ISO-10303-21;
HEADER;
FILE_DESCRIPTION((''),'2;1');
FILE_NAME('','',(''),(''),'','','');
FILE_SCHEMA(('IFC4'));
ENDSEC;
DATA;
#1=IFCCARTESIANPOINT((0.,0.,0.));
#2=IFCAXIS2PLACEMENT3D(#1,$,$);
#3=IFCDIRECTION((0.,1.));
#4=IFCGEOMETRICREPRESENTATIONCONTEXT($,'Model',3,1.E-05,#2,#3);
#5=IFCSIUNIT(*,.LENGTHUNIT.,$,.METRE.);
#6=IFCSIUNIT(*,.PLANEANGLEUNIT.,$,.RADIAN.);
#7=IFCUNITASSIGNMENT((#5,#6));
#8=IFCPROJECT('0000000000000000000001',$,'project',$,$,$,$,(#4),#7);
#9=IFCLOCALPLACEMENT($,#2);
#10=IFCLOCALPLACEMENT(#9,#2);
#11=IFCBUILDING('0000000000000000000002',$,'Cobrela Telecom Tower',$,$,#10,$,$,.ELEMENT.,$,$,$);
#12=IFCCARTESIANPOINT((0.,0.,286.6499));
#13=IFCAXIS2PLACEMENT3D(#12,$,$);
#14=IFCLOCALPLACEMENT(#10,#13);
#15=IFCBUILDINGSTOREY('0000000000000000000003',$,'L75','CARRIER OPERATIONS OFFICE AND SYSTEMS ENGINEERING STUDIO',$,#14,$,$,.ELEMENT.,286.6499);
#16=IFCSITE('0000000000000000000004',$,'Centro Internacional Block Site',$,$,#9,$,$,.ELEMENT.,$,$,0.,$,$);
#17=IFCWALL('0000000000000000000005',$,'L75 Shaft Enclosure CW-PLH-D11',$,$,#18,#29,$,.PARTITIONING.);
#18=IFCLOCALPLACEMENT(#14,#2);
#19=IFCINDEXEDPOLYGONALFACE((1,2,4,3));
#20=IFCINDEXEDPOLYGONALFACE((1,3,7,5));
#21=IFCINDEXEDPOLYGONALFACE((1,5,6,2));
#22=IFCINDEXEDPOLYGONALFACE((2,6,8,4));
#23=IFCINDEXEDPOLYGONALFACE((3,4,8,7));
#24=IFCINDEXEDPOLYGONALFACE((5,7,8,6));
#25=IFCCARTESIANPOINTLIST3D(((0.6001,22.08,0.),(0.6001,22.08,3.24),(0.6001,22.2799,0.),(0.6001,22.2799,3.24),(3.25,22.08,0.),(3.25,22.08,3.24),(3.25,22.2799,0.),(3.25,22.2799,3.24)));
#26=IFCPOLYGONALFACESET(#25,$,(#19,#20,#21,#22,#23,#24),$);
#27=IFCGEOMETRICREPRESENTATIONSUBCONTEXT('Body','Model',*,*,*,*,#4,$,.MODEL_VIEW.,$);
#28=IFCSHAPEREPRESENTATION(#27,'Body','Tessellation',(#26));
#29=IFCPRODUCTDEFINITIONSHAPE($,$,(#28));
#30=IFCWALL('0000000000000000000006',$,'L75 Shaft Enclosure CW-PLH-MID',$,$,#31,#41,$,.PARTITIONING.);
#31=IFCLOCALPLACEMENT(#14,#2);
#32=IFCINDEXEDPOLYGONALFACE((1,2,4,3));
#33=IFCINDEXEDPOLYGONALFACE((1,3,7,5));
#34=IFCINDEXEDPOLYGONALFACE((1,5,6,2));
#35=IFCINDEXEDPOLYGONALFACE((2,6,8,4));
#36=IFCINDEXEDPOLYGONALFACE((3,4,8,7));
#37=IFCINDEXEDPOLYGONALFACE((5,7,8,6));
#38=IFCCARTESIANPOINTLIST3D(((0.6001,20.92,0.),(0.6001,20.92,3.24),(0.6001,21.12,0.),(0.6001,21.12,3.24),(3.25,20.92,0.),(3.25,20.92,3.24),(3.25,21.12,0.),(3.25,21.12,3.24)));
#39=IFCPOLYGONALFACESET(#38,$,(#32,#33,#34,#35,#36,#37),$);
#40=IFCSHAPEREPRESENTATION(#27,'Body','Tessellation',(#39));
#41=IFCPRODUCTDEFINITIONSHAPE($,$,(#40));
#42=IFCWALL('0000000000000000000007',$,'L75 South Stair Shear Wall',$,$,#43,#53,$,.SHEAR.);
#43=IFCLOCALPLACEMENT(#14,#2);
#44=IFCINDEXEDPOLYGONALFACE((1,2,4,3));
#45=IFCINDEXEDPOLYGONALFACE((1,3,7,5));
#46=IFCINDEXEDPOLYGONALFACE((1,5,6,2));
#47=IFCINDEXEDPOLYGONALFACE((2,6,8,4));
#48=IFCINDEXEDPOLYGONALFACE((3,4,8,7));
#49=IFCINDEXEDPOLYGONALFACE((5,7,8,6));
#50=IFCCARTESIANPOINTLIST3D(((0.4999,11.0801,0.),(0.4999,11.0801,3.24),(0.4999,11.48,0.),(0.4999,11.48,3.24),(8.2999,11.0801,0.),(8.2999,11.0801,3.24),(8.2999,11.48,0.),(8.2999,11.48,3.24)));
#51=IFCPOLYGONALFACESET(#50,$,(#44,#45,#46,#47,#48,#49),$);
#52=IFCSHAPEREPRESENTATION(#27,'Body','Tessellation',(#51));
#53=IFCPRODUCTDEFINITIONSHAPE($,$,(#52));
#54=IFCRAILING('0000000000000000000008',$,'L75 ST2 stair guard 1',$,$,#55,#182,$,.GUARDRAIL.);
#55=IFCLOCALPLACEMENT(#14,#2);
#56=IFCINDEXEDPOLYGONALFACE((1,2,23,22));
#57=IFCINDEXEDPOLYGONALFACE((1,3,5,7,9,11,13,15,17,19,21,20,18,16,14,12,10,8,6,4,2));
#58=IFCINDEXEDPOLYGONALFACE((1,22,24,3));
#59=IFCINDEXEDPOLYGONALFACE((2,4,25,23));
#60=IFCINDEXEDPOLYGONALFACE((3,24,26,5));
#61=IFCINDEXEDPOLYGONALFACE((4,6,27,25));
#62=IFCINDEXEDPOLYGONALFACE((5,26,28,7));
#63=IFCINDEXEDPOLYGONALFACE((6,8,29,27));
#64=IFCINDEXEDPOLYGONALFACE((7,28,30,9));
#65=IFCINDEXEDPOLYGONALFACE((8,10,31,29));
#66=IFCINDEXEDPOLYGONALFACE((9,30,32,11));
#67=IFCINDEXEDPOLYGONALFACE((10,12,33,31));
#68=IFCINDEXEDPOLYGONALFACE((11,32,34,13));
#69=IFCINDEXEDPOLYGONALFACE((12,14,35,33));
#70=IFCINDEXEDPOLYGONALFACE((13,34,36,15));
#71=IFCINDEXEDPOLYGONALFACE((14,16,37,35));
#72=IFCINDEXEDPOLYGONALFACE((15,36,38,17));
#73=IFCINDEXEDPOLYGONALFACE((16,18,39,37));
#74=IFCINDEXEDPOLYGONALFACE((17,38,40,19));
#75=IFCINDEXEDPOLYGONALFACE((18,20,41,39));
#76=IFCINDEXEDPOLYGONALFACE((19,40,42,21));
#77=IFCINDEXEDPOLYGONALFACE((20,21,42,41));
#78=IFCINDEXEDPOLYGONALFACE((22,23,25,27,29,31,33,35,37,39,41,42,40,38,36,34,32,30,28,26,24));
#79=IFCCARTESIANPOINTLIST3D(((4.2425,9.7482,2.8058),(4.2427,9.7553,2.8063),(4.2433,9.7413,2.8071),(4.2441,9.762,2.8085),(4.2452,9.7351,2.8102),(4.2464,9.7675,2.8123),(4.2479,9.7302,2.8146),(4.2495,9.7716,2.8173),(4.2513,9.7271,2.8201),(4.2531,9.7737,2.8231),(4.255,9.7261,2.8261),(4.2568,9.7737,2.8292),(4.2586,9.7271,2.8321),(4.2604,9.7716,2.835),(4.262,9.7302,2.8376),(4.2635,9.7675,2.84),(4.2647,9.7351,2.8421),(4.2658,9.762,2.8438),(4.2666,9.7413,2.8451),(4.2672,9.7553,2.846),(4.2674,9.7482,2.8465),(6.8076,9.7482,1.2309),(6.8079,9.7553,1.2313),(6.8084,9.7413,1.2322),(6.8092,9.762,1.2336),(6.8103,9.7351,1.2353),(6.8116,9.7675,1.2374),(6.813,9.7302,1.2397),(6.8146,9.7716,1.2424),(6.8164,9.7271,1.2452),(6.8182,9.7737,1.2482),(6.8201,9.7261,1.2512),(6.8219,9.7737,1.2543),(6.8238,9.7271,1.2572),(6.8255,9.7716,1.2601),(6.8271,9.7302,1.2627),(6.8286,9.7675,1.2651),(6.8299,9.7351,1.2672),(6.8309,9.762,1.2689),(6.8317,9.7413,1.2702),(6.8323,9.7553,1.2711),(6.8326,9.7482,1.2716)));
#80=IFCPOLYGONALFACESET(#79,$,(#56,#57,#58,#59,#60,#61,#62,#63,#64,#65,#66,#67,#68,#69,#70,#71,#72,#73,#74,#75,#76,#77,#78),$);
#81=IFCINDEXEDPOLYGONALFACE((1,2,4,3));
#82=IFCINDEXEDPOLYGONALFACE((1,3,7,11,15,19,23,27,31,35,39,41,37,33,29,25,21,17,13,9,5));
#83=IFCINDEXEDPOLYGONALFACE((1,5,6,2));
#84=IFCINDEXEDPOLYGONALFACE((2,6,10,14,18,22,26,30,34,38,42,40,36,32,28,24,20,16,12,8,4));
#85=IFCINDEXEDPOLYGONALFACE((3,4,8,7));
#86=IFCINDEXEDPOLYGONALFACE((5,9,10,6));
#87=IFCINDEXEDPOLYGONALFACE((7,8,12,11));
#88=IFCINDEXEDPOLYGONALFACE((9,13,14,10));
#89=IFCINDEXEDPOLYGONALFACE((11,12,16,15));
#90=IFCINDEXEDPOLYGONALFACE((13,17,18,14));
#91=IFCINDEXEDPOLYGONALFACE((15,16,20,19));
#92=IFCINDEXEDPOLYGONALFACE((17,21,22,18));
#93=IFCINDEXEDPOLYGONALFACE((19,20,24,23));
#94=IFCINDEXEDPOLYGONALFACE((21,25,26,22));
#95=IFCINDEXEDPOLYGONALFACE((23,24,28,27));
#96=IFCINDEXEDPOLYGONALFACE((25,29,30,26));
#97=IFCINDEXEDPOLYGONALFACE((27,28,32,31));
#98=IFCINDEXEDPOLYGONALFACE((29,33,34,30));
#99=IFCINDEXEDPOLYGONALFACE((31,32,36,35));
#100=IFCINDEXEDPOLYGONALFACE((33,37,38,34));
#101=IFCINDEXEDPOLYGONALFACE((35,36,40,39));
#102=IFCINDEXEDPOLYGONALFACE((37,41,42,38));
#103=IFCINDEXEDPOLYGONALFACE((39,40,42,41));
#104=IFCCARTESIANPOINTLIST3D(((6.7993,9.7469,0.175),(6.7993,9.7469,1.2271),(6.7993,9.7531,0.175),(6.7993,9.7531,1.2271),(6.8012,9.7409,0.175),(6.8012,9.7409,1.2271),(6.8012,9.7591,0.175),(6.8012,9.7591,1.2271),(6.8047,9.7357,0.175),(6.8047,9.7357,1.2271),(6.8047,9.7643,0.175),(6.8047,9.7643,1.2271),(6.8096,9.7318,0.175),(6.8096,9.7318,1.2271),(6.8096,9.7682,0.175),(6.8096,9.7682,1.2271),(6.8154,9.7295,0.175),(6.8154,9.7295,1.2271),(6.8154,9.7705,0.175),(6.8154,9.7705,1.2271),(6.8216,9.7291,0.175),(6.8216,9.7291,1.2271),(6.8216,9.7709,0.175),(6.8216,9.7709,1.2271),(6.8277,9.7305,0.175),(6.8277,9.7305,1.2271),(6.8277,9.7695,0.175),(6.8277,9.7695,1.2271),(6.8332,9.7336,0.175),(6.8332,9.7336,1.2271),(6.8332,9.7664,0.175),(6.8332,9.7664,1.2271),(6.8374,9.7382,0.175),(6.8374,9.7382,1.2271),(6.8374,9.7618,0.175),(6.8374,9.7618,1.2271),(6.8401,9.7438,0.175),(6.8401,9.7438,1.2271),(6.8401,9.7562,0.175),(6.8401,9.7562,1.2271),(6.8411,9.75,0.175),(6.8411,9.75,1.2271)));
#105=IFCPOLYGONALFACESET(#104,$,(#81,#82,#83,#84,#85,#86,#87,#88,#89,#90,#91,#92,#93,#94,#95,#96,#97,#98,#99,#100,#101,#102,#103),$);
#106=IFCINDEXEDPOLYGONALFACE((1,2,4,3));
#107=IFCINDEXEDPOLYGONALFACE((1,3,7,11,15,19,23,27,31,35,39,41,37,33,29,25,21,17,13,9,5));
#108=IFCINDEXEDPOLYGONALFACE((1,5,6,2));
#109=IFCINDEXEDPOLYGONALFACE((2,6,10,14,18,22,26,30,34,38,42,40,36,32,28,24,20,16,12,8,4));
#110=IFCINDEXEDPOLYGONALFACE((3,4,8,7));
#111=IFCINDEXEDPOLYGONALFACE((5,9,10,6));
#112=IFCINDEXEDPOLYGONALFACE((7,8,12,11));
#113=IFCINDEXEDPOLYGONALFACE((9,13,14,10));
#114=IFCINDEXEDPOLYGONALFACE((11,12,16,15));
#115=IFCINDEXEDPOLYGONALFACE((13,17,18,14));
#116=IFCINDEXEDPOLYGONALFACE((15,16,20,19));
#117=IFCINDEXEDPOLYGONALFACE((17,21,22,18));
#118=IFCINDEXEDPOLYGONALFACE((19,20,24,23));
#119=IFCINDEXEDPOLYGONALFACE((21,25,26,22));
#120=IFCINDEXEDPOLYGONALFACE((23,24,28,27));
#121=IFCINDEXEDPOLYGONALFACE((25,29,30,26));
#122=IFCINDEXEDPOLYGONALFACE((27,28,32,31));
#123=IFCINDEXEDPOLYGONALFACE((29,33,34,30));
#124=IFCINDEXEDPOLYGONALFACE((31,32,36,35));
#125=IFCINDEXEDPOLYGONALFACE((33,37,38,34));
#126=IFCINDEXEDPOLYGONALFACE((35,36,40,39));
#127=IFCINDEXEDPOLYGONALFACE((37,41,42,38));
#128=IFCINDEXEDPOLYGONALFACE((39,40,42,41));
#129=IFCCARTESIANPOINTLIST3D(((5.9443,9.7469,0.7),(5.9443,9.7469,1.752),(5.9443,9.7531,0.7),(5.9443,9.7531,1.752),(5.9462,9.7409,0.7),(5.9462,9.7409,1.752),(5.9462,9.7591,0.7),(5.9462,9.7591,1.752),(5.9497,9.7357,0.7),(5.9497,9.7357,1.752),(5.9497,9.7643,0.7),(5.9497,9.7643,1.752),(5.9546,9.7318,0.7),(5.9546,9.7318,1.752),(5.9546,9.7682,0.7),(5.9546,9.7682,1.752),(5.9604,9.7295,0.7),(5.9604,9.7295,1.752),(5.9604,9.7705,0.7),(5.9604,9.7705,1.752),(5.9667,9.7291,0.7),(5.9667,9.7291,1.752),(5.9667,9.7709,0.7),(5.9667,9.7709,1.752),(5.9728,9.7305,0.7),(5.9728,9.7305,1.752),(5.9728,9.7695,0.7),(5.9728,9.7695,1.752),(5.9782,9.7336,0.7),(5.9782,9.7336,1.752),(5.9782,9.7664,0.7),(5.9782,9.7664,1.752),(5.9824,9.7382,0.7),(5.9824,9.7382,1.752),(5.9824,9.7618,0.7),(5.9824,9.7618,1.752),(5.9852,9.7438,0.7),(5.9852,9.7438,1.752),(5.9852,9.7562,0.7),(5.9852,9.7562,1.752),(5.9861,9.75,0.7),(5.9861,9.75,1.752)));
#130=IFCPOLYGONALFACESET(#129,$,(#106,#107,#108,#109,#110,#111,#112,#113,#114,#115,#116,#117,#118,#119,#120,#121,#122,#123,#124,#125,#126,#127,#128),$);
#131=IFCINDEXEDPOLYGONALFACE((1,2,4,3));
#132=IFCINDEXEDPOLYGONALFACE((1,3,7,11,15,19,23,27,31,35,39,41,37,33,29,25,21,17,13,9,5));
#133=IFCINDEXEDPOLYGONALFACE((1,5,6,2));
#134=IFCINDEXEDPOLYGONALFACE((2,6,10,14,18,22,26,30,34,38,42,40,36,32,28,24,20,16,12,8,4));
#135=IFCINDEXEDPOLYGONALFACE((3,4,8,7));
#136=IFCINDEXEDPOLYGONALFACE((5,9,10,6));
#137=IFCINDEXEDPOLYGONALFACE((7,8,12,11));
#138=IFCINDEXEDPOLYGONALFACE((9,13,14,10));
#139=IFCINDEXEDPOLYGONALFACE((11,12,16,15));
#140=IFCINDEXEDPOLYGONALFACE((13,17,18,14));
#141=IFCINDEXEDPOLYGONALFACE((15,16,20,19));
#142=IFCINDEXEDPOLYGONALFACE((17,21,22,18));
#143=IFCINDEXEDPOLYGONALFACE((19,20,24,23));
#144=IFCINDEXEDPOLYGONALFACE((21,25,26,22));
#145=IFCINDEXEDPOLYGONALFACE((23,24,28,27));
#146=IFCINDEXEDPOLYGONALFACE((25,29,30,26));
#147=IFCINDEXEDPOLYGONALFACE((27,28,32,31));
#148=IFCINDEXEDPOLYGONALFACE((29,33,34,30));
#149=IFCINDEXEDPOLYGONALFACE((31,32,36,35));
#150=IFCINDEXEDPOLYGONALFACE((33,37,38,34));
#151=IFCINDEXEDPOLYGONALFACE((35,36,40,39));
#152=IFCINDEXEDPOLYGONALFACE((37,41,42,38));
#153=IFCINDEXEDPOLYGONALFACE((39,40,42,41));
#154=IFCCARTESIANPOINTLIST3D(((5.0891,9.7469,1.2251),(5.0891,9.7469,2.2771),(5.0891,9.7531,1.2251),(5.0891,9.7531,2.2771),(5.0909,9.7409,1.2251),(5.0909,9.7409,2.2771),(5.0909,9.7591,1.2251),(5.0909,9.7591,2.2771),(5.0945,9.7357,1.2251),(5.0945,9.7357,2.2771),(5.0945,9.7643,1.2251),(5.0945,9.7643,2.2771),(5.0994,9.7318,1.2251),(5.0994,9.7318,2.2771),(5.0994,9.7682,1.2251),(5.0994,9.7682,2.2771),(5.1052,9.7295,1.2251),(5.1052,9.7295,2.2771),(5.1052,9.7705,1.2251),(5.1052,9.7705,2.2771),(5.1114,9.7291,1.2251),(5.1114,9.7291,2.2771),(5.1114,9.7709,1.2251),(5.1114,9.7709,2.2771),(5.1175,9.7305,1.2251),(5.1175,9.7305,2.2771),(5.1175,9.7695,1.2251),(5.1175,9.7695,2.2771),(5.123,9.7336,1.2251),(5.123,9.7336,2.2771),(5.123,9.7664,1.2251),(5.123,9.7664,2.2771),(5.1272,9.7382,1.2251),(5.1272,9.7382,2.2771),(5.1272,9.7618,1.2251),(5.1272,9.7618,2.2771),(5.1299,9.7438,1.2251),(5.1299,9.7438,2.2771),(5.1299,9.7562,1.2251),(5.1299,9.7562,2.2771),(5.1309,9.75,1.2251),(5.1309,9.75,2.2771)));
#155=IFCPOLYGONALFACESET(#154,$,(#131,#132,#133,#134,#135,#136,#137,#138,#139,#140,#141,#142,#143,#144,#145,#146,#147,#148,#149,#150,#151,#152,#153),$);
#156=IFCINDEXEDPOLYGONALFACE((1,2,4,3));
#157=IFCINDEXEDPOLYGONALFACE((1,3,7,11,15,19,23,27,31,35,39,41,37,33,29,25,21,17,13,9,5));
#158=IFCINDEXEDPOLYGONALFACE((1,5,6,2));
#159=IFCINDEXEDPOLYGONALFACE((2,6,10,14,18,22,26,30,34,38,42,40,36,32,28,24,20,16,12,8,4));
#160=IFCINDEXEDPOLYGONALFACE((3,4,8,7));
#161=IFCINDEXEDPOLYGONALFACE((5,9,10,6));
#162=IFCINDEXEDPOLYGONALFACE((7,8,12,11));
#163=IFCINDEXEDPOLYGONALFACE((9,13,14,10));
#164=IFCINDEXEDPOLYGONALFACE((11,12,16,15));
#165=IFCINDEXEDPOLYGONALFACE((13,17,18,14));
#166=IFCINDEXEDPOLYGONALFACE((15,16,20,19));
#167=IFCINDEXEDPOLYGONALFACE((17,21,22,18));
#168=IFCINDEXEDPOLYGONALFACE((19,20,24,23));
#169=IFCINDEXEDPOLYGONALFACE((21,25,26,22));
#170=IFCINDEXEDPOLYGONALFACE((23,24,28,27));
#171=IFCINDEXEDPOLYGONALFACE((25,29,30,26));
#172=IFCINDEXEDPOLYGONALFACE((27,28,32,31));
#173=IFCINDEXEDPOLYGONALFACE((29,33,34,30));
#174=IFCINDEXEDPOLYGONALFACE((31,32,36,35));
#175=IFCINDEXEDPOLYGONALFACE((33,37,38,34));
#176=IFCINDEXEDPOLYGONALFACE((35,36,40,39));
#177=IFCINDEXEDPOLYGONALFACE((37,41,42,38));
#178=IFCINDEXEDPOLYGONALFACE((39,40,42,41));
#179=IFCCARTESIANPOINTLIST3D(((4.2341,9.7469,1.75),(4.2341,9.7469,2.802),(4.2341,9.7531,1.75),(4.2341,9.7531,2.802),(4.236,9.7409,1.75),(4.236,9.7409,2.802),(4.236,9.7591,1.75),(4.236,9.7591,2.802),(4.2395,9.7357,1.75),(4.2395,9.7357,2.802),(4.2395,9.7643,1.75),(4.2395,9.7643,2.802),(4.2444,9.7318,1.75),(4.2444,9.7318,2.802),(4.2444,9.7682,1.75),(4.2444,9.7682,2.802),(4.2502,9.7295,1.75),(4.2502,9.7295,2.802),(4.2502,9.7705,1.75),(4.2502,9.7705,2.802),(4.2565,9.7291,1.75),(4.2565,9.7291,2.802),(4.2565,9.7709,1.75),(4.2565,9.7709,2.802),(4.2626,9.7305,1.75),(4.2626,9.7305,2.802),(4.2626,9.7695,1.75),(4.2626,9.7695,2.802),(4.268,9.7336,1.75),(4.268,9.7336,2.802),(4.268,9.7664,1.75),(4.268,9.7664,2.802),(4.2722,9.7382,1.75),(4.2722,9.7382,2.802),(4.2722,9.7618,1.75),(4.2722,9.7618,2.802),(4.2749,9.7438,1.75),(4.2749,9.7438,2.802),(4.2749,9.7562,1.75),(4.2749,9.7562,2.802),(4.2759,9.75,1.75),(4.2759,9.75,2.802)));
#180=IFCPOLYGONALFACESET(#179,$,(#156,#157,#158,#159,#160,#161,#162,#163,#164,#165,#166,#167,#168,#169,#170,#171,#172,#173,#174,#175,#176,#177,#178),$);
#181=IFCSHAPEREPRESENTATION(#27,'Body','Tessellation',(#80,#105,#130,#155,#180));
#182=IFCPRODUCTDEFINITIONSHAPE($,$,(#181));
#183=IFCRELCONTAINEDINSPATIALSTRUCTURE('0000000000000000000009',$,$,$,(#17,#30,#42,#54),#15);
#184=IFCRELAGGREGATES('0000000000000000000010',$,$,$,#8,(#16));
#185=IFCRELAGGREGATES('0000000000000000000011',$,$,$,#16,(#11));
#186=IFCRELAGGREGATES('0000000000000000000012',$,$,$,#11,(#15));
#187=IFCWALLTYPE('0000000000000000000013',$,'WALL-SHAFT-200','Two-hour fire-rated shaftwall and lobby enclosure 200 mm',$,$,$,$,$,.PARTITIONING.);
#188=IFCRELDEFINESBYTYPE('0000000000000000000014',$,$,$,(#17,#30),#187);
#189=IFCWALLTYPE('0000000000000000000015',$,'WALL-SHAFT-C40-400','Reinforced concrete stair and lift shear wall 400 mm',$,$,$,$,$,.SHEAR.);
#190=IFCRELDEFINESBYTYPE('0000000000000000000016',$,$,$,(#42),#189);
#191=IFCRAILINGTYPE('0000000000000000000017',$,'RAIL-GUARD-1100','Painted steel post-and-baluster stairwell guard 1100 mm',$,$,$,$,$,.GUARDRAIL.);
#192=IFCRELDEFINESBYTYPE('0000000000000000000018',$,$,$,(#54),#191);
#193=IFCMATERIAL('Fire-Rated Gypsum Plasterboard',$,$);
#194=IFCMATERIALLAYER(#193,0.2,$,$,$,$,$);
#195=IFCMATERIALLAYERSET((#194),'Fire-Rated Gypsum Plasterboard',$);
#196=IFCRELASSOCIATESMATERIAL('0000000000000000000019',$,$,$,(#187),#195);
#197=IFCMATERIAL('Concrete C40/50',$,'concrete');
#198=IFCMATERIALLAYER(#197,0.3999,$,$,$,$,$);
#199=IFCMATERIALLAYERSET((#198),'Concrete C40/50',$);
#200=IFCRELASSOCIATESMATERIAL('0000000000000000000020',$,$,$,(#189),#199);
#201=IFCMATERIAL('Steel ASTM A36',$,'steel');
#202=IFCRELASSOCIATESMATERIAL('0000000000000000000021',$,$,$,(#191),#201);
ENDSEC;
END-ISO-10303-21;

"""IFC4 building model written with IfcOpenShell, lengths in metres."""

from ifc_helpers import new_model, si_unit, direction, frame, frame_2d, origin, origin_2d, place, context, subcontext, project, spatial, rectangle, circle, extrude, material, layer, layer_set, type_object, element, save


model = new_model("IFC4")

# Units and contexts
model_context = context("Model", 3, precision=1e-05, world=origin(), true_north=direction((0.0, 1.0)))
body_context = subcontext(model_context, "Body", "Model", "MODEL_VIEW")
ifc_project = project(units=[si_unit("LENGTHUNIT", "METRE"), si_unit("PLANEANGLEUNIT", "RADIAN")], contexts=[model_context])

# Site, building, storey
site_placement = place(None, origin())
site = spatial("IfcSite", under=ifc_project, at=site_placement, Name="Centro Internacional Block Site", CompositionType="ELEMENT", RefElevation=0.0)
building_placement = place(site_placement, origin())
building = spatial("IfcBuilding", under=site, at=building_placement, Name="Cobrela Telecom Tower", CompositionType="ELEMENT")
storey_placement = place(building_placement, frame((0.0, 0.0, 286.6499)))
storey = spatial("IfcBuildingStorey", under=building, at=storey_placement, Name="L75", Description="CARRIER OPERATIONS OFFICE AND SYSTEMS ENGINEERING STUDIO", CompositionType="ELEMENT", Elevation=286.6499)

# Shared definitions
ifc_material_1 = material(Name="Fire-Rated Gypsum Plasterboard")

# Shared definitions
ifc_layer_1 = layer(ifc_material_1, 0.2)
ifc_layer_set_1 = layer_set([ifc_layer_1], Name="Fire-Rated Gypsum Plasterboard")
wall_type_1 = type_object("IfcWallType", Name="WALL-SHAFT-200", Description="Two-hour fire-rated shaftwall and lobby enclosure 200 mm", PredefinedType="PARTITIONING", material=ifc_layer_set_1)
ifc_material_2 = material(Name="Steel ASTM A36", Category="steel")

# Walls
for number, where, z_axis, x_axis, name in (
    (1, (0.6001, 22.1799, 0.0), (0.0, 0.0, 1.0), (1.0, 0.0, 0.0), "L75 Shaft Enclosure CW-PLH-D11"),
    (2, (0.6001, 21.02, 0.0), (0.0, 0.0, 1.0), (1.0, 0.0, 0.0), "L75 Shaft Enclosure CW-PLH-MID"),
):
    element("IfcWall", number, at=place(storey_placement, frame(where, z_axis=z_axis, x_axis=x_axis)), inside=storey, type_object=wall_type_1, Name=name, PredefinedType="PARTITIONING", context=body_context, shape_type="SweptSolid", body=[
        extrude(rectangle(XDim=2.6499, YDim=0.2, at=frame_2d((1.325, 0.0))), origin(), (0.0, 0.0, 1.0), 3.24),
    ])
ifc_material_3 = material(Name="Concrete C40/50", Category="concrete")
ifc_layer_2 = layer(ifc_material_3, 0.3999)
ifc_layer_set_2 = layer_set([ifc_layer_2], Name="Concrete C40/50")
wall_type_2 = type_object("IfcWallType", Name="WALL-SHAFT-C40-400", Description="Reinforced concrete stair and lift shear wall 400 mm", PredefinedType="SHEAR", material=ifc_layer_set_2)
wall_1_placement = place(storey_placement, frame((0.5, 11.28, 0.0), z_axis=(0.0, 0.0, 1.0), x_axis=(1.0, 0.0, 0.0)))
element("IfcWall", 3, at=wall_1_placement, inside=storey, type_object=wall_type_2, Name="L75 South Stair Shear Wall", PredefinedType="SHEAR", context=body_context, shape_type="SweptSolid", body=[
    extrude(rectangle(XDim=7.8, YDim=0.3999, at=frame_2d((3.8999, 0.0))), origin(), (0.0, 0.0, 1.0), 3.24),
])

# Railing
railing_type = type_object("IfcRailingType", Name="RAIL-GUARD-1100", Description="Painted steel post-and-baluster stairwell guard 1100 mm", PredefinedType="GUARDRAIL", material=ifc_material_2)
railing_1_placement = place(storey_placement, frame((6.8201, 9.75, 0.175)))
element("IfcRailing", 4, at=railing_1_placement, inside=storey, type_object=railing_type, Name="L75 ST2 stair guard 1", PredefinedType="GUARDRAIL", context=body_context, shape_type="SweptSolid", body=[
    extrude(circle(Radius=0.0239, at=origin_2d()), frame((0.0, 0.0, 1.0762), z_axis=(-0.852195, 0.0, 0.523224), x_axis=(0.0, -1.0, 0.0)), (0.0, 0.0, 1.0), 3.01),
    extrude(circle(Radius=0.021, at=origin_2d()), origin(), (0.0, 0.0, 1.0), 1.052),
    extrude(circle(Radius=0.021, at=origin_2d()), frame((-0.855, 0.0, 0.5249)), (0.0, 0.0, 1.0), 1.052),
    extrude(circle(Radius=0.021, at=origin_2d()), frame((-1.7102, 0.0, 1.05)), (0.0, 0.0, 1.0), 1.052),
    extrude(circle(Radius=0.021, at=origin_2d()), frame((-2.5652, 0.0, 1.575)), (0.0, 0.0, 1.0), 1.052),
])

save(model, "model.ifc")
